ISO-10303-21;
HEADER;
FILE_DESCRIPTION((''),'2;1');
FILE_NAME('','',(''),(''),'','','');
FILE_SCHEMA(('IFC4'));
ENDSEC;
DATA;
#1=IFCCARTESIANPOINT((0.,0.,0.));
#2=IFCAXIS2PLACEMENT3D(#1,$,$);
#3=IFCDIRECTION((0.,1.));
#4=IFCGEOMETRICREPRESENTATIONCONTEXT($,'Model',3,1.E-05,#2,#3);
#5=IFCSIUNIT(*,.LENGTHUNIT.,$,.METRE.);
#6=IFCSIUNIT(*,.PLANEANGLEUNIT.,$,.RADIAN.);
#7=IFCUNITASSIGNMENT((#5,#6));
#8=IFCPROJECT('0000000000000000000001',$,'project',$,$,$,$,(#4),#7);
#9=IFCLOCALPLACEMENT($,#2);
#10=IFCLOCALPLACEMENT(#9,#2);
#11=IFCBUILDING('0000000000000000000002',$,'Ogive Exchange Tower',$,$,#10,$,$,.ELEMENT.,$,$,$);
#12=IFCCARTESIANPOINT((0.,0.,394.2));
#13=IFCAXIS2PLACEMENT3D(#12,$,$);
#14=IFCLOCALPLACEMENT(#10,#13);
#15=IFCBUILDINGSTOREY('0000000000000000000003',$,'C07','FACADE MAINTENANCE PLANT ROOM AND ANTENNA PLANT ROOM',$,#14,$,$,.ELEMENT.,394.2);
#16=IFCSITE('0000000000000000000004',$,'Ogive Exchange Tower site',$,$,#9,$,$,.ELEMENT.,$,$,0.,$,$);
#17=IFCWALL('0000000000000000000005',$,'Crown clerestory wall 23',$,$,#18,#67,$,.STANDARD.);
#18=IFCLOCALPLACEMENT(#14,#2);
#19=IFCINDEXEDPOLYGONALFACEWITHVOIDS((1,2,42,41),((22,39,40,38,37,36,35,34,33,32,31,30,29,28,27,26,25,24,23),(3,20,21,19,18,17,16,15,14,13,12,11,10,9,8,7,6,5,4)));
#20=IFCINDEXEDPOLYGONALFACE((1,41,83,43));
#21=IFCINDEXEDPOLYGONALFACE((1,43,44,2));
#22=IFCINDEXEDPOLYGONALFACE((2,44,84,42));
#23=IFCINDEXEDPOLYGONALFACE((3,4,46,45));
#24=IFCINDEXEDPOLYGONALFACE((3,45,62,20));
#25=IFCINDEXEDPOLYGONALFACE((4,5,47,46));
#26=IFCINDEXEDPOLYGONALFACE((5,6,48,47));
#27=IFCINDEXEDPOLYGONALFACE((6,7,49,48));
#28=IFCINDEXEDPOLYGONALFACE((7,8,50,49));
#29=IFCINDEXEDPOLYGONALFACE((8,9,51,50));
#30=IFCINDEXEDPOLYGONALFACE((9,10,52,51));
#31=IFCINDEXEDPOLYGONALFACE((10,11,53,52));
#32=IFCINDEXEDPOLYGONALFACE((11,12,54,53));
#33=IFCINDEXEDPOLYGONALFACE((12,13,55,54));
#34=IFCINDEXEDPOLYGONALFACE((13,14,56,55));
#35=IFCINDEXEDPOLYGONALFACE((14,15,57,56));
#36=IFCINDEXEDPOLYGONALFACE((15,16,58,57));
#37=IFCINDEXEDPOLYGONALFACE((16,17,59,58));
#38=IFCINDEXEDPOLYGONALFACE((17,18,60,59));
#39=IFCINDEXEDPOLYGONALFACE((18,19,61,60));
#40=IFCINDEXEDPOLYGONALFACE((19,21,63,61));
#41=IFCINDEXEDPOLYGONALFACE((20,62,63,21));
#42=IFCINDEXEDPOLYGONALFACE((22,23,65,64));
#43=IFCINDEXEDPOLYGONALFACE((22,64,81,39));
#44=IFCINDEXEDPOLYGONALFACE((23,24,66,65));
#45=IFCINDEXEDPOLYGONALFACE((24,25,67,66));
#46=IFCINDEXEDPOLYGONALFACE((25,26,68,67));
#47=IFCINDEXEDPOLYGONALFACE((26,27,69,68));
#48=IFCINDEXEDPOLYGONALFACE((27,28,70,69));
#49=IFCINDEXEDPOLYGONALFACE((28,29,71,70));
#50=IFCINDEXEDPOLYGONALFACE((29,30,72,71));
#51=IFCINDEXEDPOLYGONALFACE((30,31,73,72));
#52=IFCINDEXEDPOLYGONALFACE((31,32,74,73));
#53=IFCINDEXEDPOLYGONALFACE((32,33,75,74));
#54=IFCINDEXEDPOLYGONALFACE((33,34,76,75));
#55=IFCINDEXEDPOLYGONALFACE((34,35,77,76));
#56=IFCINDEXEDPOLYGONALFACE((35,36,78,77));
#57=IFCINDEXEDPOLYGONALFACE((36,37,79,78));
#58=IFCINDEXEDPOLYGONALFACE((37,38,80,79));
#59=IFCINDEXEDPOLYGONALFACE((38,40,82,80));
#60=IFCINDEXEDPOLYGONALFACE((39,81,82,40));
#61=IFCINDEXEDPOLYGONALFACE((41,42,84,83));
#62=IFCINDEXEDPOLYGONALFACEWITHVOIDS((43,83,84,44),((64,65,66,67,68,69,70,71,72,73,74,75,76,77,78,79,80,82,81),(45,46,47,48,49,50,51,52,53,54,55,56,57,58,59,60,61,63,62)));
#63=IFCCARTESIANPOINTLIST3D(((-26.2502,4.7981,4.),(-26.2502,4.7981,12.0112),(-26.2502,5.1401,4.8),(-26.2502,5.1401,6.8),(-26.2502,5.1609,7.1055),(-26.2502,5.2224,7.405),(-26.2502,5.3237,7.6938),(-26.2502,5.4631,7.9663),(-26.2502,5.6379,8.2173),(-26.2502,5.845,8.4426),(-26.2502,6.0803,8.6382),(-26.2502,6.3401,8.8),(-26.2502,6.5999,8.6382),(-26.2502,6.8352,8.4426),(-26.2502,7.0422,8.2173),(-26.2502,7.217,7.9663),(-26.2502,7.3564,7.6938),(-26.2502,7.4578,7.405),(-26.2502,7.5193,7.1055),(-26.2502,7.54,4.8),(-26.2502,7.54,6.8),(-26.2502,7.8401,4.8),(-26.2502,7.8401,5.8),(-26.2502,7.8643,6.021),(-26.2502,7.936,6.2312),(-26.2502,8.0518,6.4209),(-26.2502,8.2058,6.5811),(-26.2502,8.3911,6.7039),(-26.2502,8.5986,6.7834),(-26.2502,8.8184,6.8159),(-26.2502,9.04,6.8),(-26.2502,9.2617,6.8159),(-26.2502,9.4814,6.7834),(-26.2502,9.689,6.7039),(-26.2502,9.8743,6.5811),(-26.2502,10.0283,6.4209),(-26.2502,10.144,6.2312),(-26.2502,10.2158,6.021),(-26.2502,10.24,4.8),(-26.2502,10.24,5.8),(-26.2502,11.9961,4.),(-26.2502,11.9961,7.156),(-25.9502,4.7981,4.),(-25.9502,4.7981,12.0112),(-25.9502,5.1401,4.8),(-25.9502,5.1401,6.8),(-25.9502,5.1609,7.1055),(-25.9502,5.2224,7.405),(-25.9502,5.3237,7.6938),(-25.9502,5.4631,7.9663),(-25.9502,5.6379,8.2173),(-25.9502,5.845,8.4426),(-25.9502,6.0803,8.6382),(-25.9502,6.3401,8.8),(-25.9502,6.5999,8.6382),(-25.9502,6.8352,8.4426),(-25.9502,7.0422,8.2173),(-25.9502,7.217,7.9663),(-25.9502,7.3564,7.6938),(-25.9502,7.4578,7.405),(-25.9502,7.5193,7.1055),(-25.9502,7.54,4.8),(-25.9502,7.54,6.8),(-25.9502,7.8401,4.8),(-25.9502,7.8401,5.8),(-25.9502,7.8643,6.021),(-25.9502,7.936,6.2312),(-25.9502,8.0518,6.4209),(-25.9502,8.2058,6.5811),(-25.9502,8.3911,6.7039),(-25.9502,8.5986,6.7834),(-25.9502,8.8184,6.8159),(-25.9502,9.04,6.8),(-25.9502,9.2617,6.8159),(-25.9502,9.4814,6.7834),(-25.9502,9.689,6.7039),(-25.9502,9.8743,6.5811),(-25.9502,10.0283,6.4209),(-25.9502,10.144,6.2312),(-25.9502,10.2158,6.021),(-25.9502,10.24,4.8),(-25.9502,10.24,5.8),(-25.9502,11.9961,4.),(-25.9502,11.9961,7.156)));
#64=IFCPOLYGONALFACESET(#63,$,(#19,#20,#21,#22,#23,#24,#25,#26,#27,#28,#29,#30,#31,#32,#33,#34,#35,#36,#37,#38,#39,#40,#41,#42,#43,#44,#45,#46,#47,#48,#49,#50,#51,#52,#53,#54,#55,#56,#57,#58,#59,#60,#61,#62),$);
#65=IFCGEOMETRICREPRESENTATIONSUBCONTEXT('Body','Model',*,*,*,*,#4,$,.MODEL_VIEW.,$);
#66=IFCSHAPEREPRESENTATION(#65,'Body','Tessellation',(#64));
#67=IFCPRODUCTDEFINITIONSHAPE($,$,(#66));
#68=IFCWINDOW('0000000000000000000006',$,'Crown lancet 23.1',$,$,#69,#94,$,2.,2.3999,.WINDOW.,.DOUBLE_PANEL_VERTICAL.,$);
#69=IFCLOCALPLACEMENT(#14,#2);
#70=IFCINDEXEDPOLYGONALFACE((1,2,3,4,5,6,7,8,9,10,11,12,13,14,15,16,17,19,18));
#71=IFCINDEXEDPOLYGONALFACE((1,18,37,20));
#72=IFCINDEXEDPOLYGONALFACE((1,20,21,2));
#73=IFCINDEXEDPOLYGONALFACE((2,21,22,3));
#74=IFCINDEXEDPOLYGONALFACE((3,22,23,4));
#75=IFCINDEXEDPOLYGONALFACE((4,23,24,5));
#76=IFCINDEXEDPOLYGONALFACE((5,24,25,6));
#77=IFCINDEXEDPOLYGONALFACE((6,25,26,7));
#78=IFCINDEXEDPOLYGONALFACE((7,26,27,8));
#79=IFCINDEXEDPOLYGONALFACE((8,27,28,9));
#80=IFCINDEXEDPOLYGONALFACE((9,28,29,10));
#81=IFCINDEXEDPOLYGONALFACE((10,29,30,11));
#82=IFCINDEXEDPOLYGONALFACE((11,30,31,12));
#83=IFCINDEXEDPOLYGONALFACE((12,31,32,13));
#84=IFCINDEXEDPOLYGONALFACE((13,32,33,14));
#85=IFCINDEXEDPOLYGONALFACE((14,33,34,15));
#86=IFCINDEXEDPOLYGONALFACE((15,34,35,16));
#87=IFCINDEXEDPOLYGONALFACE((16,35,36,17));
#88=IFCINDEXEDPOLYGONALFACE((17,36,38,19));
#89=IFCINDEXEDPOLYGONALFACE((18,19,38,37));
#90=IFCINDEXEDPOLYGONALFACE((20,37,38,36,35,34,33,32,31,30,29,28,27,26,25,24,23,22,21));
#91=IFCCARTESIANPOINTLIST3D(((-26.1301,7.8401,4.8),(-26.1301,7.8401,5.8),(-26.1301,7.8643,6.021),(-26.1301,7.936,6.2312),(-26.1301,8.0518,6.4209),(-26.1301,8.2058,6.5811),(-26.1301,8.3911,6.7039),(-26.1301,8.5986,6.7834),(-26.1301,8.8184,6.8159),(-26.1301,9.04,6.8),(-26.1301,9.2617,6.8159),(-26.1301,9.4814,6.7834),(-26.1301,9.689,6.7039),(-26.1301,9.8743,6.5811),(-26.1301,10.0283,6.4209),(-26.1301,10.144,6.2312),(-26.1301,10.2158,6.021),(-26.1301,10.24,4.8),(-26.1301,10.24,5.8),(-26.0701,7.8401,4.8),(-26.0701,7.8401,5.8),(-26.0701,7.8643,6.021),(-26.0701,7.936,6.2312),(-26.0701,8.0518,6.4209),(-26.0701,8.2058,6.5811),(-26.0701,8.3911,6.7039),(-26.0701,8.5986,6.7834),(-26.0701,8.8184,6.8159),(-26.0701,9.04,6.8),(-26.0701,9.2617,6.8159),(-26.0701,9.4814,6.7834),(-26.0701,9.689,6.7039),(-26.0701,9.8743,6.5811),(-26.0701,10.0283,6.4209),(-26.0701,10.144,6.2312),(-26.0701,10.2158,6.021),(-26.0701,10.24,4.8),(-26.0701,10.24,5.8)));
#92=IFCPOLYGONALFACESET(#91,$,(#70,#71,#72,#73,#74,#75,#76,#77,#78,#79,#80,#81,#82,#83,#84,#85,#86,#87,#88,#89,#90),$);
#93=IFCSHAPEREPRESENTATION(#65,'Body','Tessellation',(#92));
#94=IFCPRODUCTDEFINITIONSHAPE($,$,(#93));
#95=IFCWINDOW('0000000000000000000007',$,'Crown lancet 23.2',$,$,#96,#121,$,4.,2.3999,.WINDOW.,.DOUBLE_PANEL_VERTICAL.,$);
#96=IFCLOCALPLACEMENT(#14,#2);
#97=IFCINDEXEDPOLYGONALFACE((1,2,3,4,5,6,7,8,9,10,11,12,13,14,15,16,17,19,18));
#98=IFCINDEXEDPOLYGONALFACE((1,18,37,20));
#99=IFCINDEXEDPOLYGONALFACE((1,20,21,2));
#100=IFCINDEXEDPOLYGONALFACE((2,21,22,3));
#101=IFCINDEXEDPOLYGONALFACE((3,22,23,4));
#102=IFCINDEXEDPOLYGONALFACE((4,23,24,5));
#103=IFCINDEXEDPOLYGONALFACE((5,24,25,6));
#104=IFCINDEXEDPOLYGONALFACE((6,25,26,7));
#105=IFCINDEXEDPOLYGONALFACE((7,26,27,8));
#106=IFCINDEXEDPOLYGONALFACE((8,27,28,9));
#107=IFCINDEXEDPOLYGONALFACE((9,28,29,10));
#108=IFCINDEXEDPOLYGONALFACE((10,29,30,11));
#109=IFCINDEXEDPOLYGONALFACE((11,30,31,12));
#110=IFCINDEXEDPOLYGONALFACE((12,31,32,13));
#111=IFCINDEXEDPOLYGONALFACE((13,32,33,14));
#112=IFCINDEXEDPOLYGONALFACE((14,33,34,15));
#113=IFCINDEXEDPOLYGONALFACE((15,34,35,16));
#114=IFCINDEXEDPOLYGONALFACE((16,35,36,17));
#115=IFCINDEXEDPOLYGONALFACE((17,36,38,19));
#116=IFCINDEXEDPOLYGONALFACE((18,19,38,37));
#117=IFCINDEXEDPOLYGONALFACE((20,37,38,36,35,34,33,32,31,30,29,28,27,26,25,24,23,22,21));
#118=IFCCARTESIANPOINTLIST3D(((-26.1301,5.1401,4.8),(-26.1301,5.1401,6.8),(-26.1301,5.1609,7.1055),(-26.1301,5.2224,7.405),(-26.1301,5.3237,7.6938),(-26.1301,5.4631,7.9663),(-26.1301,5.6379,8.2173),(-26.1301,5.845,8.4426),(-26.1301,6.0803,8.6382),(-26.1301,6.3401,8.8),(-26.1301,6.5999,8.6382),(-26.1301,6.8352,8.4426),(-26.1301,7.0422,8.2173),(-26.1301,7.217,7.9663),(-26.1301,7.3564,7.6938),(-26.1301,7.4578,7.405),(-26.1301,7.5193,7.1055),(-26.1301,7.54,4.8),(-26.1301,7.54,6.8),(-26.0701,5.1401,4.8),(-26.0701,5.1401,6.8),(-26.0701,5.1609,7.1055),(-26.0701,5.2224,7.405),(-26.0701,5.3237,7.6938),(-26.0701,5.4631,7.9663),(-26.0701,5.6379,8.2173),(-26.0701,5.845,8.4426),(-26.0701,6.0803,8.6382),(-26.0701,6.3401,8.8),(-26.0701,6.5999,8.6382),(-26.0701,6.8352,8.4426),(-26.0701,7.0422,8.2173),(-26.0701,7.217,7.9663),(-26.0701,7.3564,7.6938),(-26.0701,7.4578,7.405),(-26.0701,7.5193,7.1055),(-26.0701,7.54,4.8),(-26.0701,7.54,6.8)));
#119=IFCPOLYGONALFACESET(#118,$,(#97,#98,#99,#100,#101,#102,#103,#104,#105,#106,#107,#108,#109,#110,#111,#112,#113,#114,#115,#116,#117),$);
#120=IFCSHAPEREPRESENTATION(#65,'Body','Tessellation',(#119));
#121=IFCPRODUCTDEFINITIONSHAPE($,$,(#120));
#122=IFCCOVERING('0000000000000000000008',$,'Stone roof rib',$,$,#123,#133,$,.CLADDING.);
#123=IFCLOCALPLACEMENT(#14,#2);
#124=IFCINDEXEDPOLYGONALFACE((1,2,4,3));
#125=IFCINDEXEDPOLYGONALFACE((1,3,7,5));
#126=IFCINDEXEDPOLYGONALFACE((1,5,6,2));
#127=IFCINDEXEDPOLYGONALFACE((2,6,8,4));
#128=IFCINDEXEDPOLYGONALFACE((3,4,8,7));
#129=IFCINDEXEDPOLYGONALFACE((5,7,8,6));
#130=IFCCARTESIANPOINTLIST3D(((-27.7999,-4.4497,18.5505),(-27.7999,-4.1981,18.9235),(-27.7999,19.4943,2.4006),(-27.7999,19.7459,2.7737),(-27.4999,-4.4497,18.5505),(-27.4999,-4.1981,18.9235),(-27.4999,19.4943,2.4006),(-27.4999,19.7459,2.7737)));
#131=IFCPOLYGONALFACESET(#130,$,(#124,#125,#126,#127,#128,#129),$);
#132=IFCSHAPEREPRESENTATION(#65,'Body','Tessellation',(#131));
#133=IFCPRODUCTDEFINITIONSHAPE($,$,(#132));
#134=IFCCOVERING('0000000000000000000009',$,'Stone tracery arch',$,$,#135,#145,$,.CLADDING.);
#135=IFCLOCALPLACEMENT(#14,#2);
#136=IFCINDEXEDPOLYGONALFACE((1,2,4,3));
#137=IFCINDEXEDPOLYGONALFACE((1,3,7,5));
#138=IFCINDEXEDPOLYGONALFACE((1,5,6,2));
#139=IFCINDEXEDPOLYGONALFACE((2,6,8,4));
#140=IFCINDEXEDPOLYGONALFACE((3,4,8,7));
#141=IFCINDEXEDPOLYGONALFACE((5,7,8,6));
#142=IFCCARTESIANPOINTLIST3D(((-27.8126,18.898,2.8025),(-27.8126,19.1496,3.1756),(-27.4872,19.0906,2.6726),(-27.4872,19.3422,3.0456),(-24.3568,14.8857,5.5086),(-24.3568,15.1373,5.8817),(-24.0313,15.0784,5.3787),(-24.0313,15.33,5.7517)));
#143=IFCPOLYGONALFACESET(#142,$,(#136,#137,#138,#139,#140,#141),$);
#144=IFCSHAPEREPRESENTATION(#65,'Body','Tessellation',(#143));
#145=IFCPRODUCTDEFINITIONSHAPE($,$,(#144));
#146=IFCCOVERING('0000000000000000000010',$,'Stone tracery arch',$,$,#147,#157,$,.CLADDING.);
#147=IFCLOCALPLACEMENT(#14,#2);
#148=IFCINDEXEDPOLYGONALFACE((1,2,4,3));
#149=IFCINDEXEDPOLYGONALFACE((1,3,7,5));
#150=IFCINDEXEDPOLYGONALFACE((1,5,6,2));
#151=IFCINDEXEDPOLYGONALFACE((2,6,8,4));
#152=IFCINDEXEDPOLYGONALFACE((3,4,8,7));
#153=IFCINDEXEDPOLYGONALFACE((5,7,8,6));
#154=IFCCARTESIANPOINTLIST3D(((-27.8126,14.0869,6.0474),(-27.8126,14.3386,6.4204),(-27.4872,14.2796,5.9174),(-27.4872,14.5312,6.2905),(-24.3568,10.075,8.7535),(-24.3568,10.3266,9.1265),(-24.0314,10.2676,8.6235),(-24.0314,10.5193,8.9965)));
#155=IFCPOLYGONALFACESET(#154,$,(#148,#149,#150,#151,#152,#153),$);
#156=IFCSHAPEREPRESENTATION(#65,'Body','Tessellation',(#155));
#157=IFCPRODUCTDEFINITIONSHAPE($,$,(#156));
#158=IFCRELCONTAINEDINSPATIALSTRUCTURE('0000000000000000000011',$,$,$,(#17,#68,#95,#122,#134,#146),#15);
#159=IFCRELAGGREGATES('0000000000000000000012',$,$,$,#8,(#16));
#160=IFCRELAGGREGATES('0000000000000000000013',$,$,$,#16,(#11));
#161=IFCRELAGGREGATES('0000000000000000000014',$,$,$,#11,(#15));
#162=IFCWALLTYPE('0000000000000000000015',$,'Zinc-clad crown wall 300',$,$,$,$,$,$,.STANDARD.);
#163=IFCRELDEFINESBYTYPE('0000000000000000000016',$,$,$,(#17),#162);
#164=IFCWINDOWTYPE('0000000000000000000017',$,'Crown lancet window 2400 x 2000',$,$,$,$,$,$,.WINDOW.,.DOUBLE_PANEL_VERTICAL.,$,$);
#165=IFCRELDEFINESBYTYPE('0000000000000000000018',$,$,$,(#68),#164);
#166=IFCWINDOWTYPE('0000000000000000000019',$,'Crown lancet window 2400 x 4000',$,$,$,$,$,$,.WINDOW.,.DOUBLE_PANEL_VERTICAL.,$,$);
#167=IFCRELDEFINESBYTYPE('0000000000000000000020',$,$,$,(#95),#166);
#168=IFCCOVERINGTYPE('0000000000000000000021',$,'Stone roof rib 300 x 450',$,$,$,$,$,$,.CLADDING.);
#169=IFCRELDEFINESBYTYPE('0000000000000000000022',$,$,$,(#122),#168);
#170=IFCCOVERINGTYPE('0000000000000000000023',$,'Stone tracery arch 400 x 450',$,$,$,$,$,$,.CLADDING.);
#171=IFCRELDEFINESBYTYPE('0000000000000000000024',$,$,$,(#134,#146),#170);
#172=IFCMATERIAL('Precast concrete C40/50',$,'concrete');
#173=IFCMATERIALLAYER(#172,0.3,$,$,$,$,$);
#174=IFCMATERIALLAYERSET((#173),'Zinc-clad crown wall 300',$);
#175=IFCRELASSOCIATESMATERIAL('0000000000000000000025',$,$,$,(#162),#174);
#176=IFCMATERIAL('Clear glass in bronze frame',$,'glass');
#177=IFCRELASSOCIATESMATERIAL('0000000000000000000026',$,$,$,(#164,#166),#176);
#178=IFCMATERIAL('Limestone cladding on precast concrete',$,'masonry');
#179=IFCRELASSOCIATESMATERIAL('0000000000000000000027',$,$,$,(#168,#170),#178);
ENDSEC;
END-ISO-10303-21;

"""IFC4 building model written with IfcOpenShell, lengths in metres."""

from ifc_helpers import new_model, si_unit, direction, frame, origin, origin_2d, place, context, subcontext, project, spatial, polyline, rectangle, outline, extrude, material, layer, layer_set, material_profile, profile_set, type_object, element, fill, save


model = new_model("IFC4")

# Units and contexts
model_context = context("Model", 3, precision=1e-05, world=origin(), true_north=direction((0.0, 1.0)))
body_context = subcontext(model_context, "Body", "Model", "MODEL_VIEW")
ifc_project = project(units=[si_unit("LENGTHUNIT", "METRE"), si_unit("PLANEANGLEUNIT", "RADIAN")], contexts=[model_context])

# Site, building, storey
site_placement = place(None, origin())
site = spatial("IfcSite", under=ifc_project, at=site_placement, Name="Ogive Exchange Tower site", CompositionType="ELEMENT", RefElevation=0.0)
building_placement = place(site_placement, origin())
building = spatial("IfcBuilding", under=site, at=building_placement, Name="Ogive Exchange Tower", CompositionType="ELEMENT")
storey_placement = place(building_placement, frame((0.0, 0.0, 394.2)))
storey = spatial("IfcBuildingStorey", under=building, at=storey_placement, Name="C07", Description="FACADE MAINTENANCE PLANT ROOM AND ANTENNA PLANT ROOM", CompositionType="ELEMENT", Elevation=394.2)

# Shared definitions
ifc_material_1 = material(Name="Precast concrete C40/50", Category="concrete")
ifc_layer = layer(ifc_material_1, 0.3)
ifc_layer_set = layer_set([ifc_layer], Name="Zinc-clad crown wall 300")
wall_type = type_object("IfcWallType", Name="Zinc-clad crown wall 300", PredefinedType="STANDARD", material=ifc_layer_set)
ifc_material_2 = material(Name="Clear glass in bronze frame", Category="glass")

# Wall, openings, windows
wall_1_placement = place(storey_placement, frame((-26.1001, 11.9961, 4.0), z_axis=(0.0, 0.0, 1.0), x_axis=(0.0, -1.0, 0.0)))
wall_1 = element("IfcWall", 1, at=wall_1_placement, inside=storey, type_object=wall_type, Name="Crown clerestory wall 23", PredefinedType="STANDARD", context=body_context, shape_type="SweptSolid", body=[
    extrude(outline(polyline([(0.0, 0.0), (7.198, 0.0), (7.198, 8.0112), (0.0, 3.156), (0.0, 0.0)])), frame((0.0, 0.1499, 0.0), z_axis=(0.0, -1.0, 0.0), x_axis=(1.0, 0.0, 0.0)), (0.0, 0.0, 1.0), 0.3),
])
opening_1_placement = place(wall_1_placement, frame((1.7561, 0.0, 0.8)))
opening_1 = element("IfcOpeningElement", 2, at=opening_1_placement, cuts=wall_1, PredefinedType="OPENING", context=body_context, shape_type="SweptSolid", body=[
    extrude(outline(polyline([(0.0, 0.0), (2.3999, 0.0), (2.3999, 1.0), (2.3757, 1.2209), (2.304, 1.4312), (2.1882, 1.6208), (2.0342, 1.781), (1.8489, 1.9038), (1.6414, 1.9834), (1.4216, 2.0159), (1.2, 2.0), (0.9783, 2.0159), (0.7585, 1.9834), (0.551, 1.9038), (0.3657, 1.781), (0.2117, 1.6208), (0.0959, 1.4312), (0.0242, 1.2209), (0.0, 1.0), (0.0, 0.0)])), frame((0.0, 0.1599, 0.0), z_axis=(0.0, -1.0, 0.0), x_axis=(1.0, 0.0, 0.0)), (0.0, 0.0, 1.0), 0.3201),
])
opening_2_placement = place(wall_1_placement, frame((4.4561, 0.0, 0.8)))
opening_2 = element("IfcOpeningElement", 3, at=opening_2_placement, cuts=wall_1, PredefinedType="OPENING", context=body_context, shape_type="SweptSolid", body=[
    extrude(outline(polyline([(0.0, 0.0), (2.3999, 0.0), (2.3999, 2.0), (2.3792, 2.3054), (2.3176, 2.605), (2.2163, 2.8938), (2.0769, 3.1663), (1.9021, 3.4172), (1.6951, 3.6426), (1.4597, 3.8381), (1.2, 4.0), (0.9402, 3.8381), (0.7048, 3.6426), (0.4978, 3.4172), (0.323, 3.1663), (0.1836, 2.8938), (0.0823, 2.605), (0.0208, 2.3054), (0.0, 2.0), (0.0, 0.0)])), frame((0.0, 0.1599, 0.0), z_axis=(0.0, -1.0, 0.0), x_axis=(1.0, 0.0, 0.0)), (0.0, 0.0, 1.0), 0.3201),
])
window_type_1 = type_object("IfcWindowType", Name="Crown lancet window 2400 x 2000", PartitioningType="DOUBLE_PANEL_VERTICAL", PredefinedType="WINDOW", material=ifc_material_2)
window_1_placement = place(opening_1_placement, origin())
window_1 = element("IfcWindow", 4, at=window_1_placement, inside=storey, type_object=window_type_1, Name="Crown lancet 23.1", OverallHeight=2.0, OverallWidth=2.3999, PartitioningType="DOUBLE_PANEL_VERTICAL", PredefinedType="WINDOW", context=body_context, shape_type="SweptSolid", body=[
    extrude(outline(polyline([(0.0, 0.0), (2.3999, 0.0), (2.3999, 1.0), (2.3757, 1.2209), (2.304, 1.4312), (2.1882, 1.6208), (2.0342, 1.781), (1.8489, 1.9038), (1.6414, 1.9834), (1.4216, 2.0159), (1.2, 2.0), (0.9783, 2.0159), (0.7585, 1.9834), (0.551, 1.9038), (0.3657, 1.781), (0.2117, 1.6208), (0.0959, 1.4312), (0.0242, 1.2209), (0.0, 1.0), (0.0, 0.0)])), frame((0.0, 0.03, 0.0), z_axis=(0.0, -1.0, 0.0), x_axis=(1.0, 0.0, 0.0)), (0.0, 0.0, 1.0), 0.0601),
])
fill(opening_1, window_1)
window_type_2 = type_object("IfcWindowType", Name="Crown lancet window 2400 x 4000", PartitioningType="DOUBLE_PANEL_VERTICAL", PredefinedType="WINDOW", material=ifc_material_2)
window_2_placement = place(opening_2_placement, origin())
window_2 = element("IfcWindow", 5, at=window_2_placement, inside=storey, type_object=window_type_2, Name="Crown lancet 23.2", OverallHeight=4.0, OverallWidth=2.3999, PartitioningType="DOUBLE_PANEL_VERTICAL", PredefinedType="WINDOW", context=body_context, shape_type="SweptSolid", body=[
    extrude(outline(polyline([(0.0, 0.0), (2.3999, 0.0), (2.3999, 2.0), (2.3792, 2.3054), (2.3176, 2.605), (2.2163, 2.8938), (2.0769, 3.1663), (1.9021, 3.4172), (1.6951, 3.6426), (1.4597, 3.8381), (1.2, 4.0), (0.9402, 3.8381), (0.7048, 3.6426), (0.4978, 3.4172), (0.323, 3.1663), (0.1836, 2.8938), (0.0823, 2.605), (0.0208, 2.3054), (0.0, 2.0), (0.0, 0.0)])), frame((0.0, 0.03, 0.0), z_axis=(0.0, -1.0, 0.0), x_axis=(1.0, 0.0, 0.0)), (0.0, 0.0, 1.0), 0.0601),
])
fill(opening_2, window_2)

# Coverings
ifc_material_3 = material(Name="Limestone cladding on precast concrete", Category="masonry")
ifc_material_profile_1 = material_profile(ifc_material_3, rectangle(XDim=0.3, YDim=0.45, at=origin_2d()), Name="RIB 300 x 450")
ifc_profile_set_1 = profile_set([ifc_material_profile_1], Name="Limestone cladding on precast concrete")
covering_type_1 = type_object("IfcCoveringType", Name="Stone roof rib 300 x 450", PredefinedType="CLADDING", material=ifc_profile_set_1)
covering_1_placement = place(storey_placement, frame((-27.6499, 19.6201, 2.5872), z_axis=(0.0, -0.829047, 0.559179), x_axis=(1.0, 0.0, 0.0)))
element("IfcCovering", 6, at=covering_1_placement, inside=storey, type_object=covering_type_1, Name="Stone roof rib", PredefinedType="CLADDING", context=body_context, shape_type="SweptSolid", body=[
    extrude(rectangle(XDim=0.3, YDim=0.45, at=origin_2d()), origin(), (0.0, 0.0, 1.0), 28.8813),
])
ifc_material_profile_2 = material_profile(ifc_material_3, rectangle(XDim=0.3999, YDim=0.45, at=origin_2d()), Name="TRACERY 400 x 450")
ifc_profile_set_2 = profile_set([ifc_material_profile_2], Name="Limestone cladding on precast concrete")
covering_type_2 = type_object("IfcCoveringType", Name="Stone tracery arch 400 x 450", PredefinedType="CLADDING", material=ifc_profile_set_2)
covering_2_placement = place(storey_placement, frame((-27.6499, 19.1201, 2.9241), z_axis=(0.581131, -0.674695, 0.455052), x_axis=(0.81381, 0.481748, -0.325011)))
element("IfcCovering", 7, at=covering_2_placement, inside=storey, type_object=covering_type_2, Name="Stone tracery arch", PredefinedType="CLADDING", context=body_context, shape_type="SweptSolid", body=[
    extrude(rectangle(XDim=0.3999, YDim=0.45, at=origin_2d()), origin(), (0.0, 0.0, 1.0), 5.9468),
])
covering_3_placement = place(storey_placement, frame((-27.6499, 14.3091, 6.1689), z_axis=(0.581148, -0.674673, 0.455065), x_axis=(0.813798, 0.481769, -0.325009)))
element("IfcCovering", 8, at=covering_3_placement, inside=storey, type_object=covering_type_2, Name="Stone tracery arch", PredefinedType="CLADDING", context=body_context, shape_type="SweptSolid", body=[
    extrude(rectangle(XDim=0.3999, YDim=0.45, at=origin_2d()), origin(), (0.0, 0.0, 1.0), 5.9465),
])

save(model, "model.ifc")
